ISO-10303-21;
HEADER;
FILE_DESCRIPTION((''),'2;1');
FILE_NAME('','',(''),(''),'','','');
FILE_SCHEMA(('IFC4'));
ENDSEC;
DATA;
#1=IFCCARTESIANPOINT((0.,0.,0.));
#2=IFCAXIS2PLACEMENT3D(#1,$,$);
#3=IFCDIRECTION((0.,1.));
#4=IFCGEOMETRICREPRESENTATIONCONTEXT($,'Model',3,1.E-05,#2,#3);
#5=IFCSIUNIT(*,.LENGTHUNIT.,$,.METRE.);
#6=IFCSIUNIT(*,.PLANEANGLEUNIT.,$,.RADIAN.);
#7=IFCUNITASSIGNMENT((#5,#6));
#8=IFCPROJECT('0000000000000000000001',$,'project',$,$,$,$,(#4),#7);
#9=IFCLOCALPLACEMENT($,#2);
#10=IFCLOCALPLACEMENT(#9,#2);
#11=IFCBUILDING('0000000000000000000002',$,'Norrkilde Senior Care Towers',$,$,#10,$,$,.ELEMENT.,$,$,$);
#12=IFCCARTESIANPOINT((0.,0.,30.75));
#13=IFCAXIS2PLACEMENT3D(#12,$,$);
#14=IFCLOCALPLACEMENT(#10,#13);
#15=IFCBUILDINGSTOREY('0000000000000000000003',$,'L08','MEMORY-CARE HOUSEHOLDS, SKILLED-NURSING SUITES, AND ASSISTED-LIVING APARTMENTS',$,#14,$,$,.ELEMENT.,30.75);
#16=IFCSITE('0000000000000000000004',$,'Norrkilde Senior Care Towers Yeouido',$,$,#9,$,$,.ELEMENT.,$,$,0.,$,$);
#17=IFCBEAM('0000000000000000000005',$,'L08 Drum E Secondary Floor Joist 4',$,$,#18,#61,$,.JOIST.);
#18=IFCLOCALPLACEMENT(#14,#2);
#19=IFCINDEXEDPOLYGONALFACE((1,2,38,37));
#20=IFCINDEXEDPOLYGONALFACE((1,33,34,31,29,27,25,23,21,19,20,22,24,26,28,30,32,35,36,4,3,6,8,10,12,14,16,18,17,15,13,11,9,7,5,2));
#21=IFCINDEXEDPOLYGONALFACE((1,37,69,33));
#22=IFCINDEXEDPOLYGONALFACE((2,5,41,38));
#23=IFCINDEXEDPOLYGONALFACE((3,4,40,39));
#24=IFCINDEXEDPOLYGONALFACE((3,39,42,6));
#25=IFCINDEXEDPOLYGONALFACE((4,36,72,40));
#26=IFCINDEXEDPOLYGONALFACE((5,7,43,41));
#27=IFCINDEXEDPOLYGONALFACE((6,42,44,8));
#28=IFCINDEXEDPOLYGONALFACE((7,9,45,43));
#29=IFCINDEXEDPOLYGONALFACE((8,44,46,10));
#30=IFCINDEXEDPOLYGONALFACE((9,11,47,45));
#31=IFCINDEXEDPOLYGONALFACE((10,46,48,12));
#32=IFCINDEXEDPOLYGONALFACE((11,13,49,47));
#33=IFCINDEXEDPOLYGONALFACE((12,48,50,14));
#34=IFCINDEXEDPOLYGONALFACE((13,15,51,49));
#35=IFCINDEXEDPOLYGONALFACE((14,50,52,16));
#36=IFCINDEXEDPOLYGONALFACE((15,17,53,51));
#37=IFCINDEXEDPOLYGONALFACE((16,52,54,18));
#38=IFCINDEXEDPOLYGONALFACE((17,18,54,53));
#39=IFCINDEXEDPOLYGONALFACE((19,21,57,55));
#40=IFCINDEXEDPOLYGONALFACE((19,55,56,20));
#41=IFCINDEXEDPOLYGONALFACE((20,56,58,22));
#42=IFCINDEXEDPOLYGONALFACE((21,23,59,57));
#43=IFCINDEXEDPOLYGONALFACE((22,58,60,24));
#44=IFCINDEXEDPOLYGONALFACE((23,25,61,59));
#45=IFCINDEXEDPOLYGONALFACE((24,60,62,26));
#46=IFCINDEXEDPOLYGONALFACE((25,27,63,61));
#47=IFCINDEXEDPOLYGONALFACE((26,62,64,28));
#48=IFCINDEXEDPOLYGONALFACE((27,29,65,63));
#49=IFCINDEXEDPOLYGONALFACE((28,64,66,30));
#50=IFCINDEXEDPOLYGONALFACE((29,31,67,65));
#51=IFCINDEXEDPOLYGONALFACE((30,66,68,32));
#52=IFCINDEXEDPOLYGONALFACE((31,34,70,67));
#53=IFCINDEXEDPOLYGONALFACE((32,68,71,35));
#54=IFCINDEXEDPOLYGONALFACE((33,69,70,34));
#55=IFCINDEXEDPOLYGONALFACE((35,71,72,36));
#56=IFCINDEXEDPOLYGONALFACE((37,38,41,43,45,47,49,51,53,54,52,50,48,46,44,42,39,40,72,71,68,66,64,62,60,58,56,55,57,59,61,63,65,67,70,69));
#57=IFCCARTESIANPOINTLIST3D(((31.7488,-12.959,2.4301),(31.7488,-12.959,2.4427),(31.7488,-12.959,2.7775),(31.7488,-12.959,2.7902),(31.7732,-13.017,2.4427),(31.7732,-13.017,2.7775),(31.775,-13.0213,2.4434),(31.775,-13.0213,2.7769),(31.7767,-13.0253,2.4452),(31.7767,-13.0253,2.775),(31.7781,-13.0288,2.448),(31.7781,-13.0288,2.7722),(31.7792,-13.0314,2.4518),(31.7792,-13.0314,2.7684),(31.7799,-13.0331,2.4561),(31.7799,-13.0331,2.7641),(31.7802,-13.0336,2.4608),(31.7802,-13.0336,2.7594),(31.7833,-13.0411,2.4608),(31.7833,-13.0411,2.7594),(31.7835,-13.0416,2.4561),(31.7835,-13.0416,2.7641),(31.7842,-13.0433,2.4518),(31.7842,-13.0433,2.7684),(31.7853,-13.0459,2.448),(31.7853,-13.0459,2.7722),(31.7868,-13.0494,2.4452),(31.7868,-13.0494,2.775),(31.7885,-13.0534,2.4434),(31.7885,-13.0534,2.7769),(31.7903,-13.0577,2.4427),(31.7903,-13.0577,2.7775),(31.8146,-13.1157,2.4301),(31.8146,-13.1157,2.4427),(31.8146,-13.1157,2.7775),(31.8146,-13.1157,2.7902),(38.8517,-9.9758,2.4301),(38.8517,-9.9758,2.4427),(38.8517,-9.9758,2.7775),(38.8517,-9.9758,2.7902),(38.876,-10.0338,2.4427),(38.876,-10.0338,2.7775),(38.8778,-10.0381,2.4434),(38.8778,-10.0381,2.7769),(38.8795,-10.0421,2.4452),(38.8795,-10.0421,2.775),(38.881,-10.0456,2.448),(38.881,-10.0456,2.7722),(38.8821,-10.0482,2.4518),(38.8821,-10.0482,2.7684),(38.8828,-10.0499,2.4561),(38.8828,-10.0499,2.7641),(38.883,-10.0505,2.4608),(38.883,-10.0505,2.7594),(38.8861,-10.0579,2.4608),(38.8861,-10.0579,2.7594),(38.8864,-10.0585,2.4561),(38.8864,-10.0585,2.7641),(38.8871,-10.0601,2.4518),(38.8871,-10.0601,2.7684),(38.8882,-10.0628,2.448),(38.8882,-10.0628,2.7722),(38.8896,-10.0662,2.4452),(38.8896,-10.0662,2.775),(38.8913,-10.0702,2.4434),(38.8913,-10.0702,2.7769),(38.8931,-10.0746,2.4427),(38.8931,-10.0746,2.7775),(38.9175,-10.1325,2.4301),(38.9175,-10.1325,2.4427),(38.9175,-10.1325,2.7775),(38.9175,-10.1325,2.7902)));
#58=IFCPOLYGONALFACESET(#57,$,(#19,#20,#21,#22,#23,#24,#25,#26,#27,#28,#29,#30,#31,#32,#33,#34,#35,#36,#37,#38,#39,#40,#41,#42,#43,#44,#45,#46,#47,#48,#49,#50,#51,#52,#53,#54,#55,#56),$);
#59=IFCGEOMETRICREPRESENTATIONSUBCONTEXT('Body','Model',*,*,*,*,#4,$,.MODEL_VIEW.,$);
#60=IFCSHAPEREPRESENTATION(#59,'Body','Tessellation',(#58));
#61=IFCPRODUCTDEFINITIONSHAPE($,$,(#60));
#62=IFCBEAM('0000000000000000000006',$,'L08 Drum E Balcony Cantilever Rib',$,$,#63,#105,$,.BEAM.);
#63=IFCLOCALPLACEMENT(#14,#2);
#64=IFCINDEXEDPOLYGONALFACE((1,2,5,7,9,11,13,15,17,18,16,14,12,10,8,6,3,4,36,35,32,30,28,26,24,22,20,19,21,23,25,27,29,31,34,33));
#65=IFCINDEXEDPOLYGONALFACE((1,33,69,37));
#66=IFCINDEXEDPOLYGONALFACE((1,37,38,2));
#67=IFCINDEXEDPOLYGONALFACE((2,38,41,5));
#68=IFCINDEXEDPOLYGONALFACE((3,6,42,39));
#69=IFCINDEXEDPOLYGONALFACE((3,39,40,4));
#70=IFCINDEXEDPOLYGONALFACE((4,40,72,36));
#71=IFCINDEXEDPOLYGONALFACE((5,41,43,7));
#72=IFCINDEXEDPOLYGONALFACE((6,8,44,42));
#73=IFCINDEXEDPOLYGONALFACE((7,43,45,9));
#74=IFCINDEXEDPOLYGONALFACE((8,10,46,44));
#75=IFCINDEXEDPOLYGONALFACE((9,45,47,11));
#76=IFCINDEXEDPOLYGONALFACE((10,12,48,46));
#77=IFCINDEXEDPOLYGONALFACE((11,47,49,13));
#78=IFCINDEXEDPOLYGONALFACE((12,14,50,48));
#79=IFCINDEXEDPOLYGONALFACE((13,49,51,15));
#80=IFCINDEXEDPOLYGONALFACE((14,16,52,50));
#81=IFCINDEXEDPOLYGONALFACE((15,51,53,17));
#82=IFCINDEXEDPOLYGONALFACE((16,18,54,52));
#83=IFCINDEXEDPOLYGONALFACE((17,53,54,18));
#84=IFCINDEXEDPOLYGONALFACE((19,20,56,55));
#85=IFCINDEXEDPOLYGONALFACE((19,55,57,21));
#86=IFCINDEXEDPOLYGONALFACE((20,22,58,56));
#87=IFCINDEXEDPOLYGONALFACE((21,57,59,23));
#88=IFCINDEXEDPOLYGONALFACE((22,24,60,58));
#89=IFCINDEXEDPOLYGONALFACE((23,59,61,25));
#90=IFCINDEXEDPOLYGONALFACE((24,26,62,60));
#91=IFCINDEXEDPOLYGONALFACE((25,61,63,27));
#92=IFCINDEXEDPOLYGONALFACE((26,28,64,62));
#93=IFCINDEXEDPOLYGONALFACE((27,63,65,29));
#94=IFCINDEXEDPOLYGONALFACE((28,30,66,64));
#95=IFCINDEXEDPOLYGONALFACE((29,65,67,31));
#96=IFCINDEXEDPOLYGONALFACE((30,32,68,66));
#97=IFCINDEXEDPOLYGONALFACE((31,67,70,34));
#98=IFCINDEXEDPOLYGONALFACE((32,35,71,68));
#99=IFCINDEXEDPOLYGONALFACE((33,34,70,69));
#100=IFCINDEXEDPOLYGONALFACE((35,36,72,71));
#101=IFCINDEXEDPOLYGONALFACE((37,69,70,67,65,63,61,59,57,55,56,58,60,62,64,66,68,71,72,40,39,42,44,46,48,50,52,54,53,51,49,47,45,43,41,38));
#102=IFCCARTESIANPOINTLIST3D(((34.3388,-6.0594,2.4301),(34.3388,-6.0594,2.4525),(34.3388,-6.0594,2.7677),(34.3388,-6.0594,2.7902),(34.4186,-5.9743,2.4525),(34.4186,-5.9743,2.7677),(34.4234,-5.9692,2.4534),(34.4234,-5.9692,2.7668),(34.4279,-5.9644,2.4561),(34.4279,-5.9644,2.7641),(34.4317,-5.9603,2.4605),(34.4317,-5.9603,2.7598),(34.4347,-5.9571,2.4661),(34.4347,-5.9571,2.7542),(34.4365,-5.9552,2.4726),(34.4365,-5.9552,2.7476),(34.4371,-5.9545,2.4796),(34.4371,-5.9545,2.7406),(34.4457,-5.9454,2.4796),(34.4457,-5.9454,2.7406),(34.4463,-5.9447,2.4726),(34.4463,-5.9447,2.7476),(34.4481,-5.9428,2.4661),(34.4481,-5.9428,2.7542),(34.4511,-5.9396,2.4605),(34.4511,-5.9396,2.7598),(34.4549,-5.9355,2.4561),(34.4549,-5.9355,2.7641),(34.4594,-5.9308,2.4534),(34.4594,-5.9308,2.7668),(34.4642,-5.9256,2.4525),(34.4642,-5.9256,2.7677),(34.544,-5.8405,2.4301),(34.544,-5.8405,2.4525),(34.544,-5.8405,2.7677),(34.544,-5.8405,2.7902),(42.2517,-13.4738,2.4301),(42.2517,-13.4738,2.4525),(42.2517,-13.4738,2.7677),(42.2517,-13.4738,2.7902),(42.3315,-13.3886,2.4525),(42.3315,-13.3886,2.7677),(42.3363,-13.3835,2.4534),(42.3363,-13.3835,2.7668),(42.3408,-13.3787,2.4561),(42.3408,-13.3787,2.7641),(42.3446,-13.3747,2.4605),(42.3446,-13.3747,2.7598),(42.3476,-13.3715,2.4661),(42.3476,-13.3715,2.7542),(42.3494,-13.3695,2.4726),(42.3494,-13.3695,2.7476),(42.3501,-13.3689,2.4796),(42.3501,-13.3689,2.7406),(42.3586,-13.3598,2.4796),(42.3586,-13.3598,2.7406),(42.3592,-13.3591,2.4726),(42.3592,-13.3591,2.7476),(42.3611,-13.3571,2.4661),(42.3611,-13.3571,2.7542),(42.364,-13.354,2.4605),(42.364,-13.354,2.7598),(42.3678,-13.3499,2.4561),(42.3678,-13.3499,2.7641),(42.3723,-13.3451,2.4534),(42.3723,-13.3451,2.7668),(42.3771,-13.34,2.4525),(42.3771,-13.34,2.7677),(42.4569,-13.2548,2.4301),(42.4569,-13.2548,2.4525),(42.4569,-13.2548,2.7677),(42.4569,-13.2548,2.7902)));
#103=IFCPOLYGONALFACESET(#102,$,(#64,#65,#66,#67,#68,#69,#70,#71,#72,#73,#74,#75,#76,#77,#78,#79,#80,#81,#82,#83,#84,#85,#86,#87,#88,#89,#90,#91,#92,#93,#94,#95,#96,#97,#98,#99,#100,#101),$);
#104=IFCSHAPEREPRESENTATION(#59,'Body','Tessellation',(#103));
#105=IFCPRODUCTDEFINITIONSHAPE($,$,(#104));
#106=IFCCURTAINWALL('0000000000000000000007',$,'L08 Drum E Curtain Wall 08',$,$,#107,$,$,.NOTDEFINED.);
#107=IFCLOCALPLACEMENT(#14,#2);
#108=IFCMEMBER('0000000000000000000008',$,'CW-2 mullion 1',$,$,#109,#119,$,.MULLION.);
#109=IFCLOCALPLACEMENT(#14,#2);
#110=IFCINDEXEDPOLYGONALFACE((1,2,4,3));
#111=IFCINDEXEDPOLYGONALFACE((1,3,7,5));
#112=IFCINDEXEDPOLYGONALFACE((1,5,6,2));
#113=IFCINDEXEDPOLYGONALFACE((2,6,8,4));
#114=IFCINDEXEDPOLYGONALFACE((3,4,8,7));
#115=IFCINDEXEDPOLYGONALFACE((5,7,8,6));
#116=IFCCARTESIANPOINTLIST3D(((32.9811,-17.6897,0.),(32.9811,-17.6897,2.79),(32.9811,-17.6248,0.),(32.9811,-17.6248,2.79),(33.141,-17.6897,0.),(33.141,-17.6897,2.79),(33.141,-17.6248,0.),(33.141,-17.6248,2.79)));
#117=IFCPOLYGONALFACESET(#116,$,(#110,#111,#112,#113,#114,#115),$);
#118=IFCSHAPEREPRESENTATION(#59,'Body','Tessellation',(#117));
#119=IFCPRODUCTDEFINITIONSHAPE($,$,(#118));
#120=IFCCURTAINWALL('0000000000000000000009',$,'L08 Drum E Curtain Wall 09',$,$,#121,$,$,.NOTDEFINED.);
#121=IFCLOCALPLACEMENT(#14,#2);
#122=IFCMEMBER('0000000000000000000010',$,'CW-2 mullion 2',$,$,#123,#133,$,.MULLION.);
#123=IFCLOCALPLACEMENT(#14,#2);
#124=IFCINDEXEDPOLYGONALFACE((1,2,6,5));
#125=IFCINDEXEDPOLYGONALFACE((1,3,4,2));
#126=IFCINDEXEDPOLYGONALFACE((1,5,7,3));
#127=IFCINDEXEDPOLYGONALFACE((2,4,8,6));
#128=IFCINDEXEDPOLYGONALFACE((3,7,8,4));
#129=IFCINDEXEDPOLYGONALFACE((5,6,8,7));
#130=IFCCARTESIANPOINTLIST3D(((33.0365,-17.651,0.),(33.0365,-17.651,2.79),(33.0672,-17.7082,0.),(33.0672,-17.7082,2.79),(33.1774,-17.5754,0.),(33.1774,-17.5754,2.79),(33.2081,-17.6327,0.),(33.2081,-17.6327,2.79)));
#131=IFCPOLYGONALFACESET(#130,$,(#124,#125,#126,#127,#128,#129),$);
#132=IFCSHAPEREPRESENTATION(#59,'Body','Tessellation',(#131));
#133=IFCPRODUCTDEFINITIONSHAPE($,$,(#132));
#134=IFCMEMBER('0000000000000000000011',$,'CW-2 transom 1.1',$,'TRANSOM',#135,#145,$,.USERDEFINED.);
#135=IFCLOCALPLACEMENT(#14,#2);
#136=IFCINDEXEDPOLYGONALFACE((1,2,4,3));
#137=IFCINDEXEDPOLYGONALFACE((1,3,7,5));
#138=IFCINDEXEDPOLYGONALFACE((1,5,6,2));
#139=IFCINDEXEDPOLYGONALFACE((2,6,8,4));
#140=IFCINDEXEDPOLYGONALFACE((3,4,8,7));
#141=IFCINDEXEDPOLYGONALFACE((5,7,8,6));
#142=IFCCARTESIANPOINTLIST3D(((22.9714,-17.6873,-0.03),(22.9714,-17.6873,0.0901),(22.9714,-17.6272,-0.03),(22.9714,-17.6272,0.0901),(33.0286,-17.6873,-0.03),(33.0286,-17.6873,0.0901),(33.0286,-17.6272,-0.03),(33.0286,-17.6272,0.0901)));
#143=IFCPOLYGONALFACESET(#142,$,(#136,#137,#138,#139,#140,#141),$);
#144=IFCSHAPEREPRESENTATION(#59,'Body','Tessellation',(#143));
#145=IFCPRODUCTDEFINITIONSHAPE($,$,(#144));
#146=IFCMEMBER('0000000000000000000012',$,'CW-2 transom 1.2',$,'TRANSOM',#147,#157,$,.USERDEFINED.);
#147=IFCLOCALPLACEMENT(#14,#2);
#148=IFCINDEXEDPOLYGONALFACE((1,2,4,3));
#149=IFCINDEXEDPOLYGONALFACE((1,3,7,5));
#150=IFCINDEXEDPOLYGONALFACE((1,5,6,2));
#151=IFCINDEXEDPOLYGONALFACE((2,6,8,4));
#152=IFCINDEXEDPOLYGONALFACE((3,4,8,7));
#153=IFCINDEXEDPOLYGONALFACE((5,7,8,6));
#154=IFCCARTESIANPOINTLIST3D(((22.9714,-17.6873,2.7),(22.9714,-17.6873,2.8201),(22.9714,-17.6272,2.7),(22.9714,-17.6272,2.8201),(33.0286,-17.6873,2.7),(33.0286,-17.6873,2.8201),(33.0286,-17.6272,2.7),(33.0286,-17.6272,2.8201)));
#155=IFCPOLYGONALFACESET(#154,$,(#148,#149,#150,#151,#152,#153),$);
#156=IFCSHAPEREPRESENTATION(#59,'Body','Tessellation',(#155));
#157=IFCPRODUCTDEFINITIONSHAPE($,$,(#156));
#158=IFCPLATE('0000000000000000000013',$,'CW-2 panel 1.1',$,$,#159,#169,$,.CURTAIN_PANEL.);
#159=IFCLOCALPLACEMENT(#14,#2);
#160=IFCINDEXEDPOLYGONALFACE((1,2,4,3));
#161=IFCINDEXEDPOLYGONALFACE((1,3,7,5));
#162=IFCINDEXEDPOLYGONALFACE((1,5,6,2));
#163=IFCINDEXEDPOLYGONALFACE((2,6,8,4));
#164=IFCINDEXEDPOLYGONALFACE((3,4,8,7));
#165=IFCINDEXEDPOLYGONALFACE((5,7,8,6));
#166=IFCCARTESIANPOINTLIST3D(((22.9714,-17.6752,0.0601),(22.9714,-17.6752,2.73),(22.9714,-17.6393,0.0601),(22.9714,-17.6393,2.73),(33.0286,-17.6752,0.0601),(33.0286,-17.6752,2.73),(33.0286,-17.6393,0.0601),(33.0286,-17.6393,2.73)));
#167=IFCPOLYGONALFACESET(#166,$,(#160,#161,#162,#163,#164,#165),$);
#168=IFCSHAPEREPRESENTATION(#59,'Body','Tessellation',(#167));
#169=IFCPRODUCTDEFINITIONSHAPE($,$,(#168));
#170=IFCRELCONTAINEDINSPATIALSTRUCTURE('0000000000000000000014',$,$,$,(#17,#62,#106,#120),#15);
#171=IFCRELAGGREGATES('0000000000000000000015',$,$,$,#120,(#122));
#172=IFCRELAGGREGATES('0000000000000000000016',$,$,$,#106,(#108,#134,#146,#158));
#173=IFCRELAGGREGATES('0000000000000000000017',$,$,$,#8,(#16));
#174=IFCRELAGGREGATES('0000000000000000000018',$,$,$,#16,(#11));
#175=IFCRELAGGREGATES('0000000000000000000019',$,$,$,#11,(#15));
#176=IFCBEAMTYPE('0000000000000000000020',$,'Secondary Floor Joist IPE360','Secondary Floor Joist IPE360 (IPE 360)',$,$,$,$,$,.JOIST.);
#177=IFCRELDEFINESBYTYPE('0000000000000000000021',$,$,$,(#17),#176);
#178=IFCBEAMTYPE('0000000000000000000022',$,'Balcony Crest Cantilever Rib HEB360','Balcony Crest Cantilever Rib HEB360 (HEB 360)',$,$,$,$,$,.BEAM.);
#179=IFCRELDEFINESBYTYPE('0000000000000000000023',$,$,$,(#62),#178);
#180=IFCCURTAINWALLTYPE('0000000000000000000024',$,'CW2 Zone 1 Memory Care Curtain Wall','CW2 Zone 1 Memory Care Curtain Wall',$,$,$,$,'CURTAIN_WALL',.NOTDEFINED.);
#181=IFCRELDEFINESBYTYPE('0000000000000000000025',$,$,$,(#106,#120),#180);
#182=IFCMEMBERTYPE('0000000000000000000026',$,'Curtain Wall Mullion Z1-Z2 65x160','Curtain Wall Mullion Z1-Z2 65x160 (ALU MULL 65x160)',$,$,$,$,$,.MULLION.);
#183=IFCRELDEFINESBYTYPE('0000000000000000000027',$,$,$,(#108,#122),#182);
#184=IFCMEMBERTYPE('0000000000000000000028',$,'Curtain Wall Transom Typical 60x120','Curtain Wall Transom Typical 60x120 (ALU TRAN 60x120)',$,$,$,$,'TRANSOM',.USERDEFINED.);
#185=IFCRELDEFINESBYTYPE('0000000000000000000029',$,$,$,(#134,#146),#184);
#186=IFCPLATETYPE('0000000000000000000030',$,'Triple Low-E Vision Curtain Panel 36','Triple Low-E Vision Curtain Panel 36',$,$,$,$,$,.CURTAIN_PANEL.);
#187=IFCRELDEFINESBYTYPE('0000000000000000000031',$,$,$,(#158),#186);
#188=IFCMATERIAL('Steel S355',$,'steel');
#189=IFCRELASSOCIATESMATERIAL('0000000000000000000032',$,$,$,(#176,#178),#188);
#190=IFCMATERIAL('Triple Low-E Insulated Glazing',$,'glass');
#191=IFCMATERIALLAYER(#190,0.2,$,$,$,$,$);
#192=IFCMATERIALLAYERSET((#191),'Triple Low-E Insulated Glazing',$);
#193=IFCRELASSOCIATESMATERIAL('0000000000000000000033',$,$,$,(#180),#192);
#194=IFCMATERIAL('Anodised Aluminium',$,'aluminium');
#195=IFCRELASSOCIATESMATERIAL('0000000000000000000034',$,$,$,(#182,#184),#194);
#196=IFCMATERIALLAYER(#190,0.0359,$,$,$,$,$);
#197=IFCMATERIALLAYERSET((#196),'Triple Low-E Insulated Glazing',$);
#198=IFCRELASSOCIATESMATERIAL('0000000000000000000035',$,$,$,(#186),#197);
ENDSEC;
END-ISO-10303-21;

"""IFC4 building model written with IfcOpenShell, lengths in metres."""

from ifc_helpers import new_model, si_unit, direction, frame, origin, origin_2d, place, context, subcontext, project, spatial, rectangle, i_section, extrude, source, transform, mapped, material, layer, layer_set, material_profile, profile_set, type_object, type_shapes, element, aggregate, save


model = new_model("IFC4")

# Units and contexts
model_context = context("Model", 3, precision=1e-05, world=origin(), true_north=direction((0.0, 1.0)))
body_context = subcontext(model_context, "Body", "Model", "MODEL_VIEW")
ifc_project = project(units=[si_unit("LENGTHUNIT", "METRE"), si_unit("PLANEANGLEUNIT", "RADIAN")], contexts=[model_context])

# Site, building, storey
site_placement = place(None, origin())
site = spatial("IfcSite", under=ifc_project, at=site_placement, Name="Norrkilde Senior Care Towers Yeouido", CompositionType="ELEMENT", RefElevation=0.0)
building_placement = place(site_placement, origin())
building = spatial("IfcBuilding", under=site, at=building_placement, Name="Norrkilde Senior Care Towers", CompositionType="ELEMENT")
storey_placement = place(building_placement, frame((0.0, 0.0, 30.75)))
storey = spatial("IfcBuildingStorey", under=building, at=storey_placement, Name="L08", Description="MEMORY-CARE HOUSEHOLDS, SKILLED-NURSING SUITES, AND ASSISTED-LIVING APARTMENTS", CompositionType="ELEMENT", Elevation=30.75)

# Beams
ifc_material_1 = material(Name="Steel S355", Category="steel")
ifc_material_profile_1 = material_profile(ifc_material_1, i_section(OverallWidth=0.1699, OverallDepth=0.3601, WebThickness=0.0081, FlangeThickness=0.0127, FilletRadius=0.0181, at=origin_2d()), Name="IPE 360")
ifc_profile_set_1 = profile_set([ifc_material_profile_1], Name="Steel S355")
beam_type_1 = type_object("IfcBeamType", Name="Secondary Floor Joist IPE360", Description="Secondary Floor Joist IPE360 (IPE 360)", PredefinedType="JOIST", material=ifc_profile_set_1)
shared_shape_1 = source(origin(), body_context, "Body", "SweptSolid", [
    extrude(i_section(OverallWidth=0.1699, OverallDepth=0.3601, WebThickness=0.0081, FlangeThickness=0.0127, FilletRadius=0.0181, at=origin_2d()), origin(), (0.0, 0.0, 1.0), 7.7039),
])
type_shapes(beam_type_1, [shared_shape_1])
beam_1_placement = place(storey_placement, frame((31.7817, -13.0374, 2.6101), z_axis=(0.921983, 0.387231, 0.0), x_axis=(-0.387231, 0.921983, 0.0)))
element("IfcBeam", 1, at=beam_1_placement, inside=storey, type_object=beam_type_1, Name="L08 Drum E Secondary Floor Joist 4", PredefinedType="JOIST", context=body_context, shape_type="MappedRepresentation", body=[
    mapped(shared_shape_1, transform((0.0, 0.0, 0.0), x_axis=(1.0, 0.0, 0.0), y_axis=(0.0, 1.0, 0.0), z_axis=(0.0, 0.0, 1.0), scale=1.0)),
])
ifc_material_profile_2 = material_profile(ifc_material_1, i_section(OverallWidth=0.3, OverallDepth=0.3601, WebThickness=0.0125, FlangeThickness=0.0225, FilletRadius=0.0271, at=origin_2d()), Name="HEB 360")
ifc_profile_set_2 = profile_set([ifc_material_profile_2], Name="Steel S355")
beam_type_2 = type_object("IfcBeamType", Name="Balcony Crest Cantilever Rib HEB360", Description="Balcony Crest Cantilever Rib HEB360 (HEB 360)", PredefinedType="BEAM", material=ifc_profile_set_2)
shared_shape_2 = source(origin(), body_context, "Body", "SweptSolid", [
    extrude(i_section(OverallWidth=0.3, OverallDepth=0.3601, WebThickness=0.0125, FlangeThickness=0.0225, FilletRadius=0.0271, at=origin_2d()), origin(), (0.0, 0.0, 1.0), 10.8438),
])
type_shapes(beam_type_2, [shared_shape_2])
beam_2_placement = place(storey_placement, frame((34.4414, -5.95, 2.6101), z_axis=(0.72972, -0.683746, 0.0), x_axis=(0.683746, 0.72972, 0.0)))
element("IfcBeam", 2, at=beam_2_placement, inside=storey, type_object=beam_type_2, Name="L08 Drum E Balcony Cantilever Rib", PredefinedType="BEAM", context=body_context, shape_type="MappedRepresentation", body=[
    mapped(shared_shape_2, transform((0.0, 0.0, 0.0), x_axis=(1.0, 0.0, 0.0), y_axis=(0.0, 1.0, 0.0), z_axis=(0.0, 0.0, 1.0), scale=1.0)),
])

# Curtain walls, members
ifc_material_2 = material(Name="Triple Low-E Insulated Glazing", Category="glass")
ifc_layer_1 = layer(ifc_material_2, 0.2)
ifc_layer_set_1 = layer_set([ifc_layer_1], Name="Triple Low-E Insulated Glazing")
curtain_wall_type = type_object("IfcCurtainWallType", Name="CW2 Zone 1 Memory Care Curtain Wall", Description="CW2 Zone 1 Memory Care Curtain Wall", ElementType="CURTAIN_WALL", PredefinedType="NOTDEFINED", material=ifc_layer_set_1)
curtain_wall_1_placement = place(storey_placement, origin())
curtain_wall_1 = element("IfcCurtainWall", 3, at=curtain_wall_1_placement, inside=storey, type_object=curtain_wall_type, Name="L08 Drum E Curtain Wall 08", PredefinedType="NOTDEFINED")
ifc_material_3 = material(Name="Anodised Aluminium", Category="aluminium")
ifc_material_profile_3 = material_profile(ifc_material_3, rectangle(XDim=0.0649, YDim=0.1599, at=origin_2d()), Name="ALU MULL 65x160")
ifc_profile_set_3 = profile_set([ifc_material_profile_3], Name="Anodised Aluminium")
member_type_1 = type_object("IfcMemberType", Name="Curtain Wall Mullion Z1-Z2 65x160", Description="Curtain Wall Mullion Z1-Z2 65x160 (ALU MULL 65x160)", PredefinedType="MULLION", material=ifc_profile_set_3)
shared_shape_3 = source(origin(), body_context, "Body", "SweptSolid", [
    extrude(rectangle(XDim=0.0649, YDim=0.1599, at=origin_2d()), origin(), (0.0, 0.0, 1.0), 2.79),
])
type_shapes(member_type_1, [shared_shape_3])
member_1_placement = place(storey_placement, frame((33.061, -17.6572, 0.0), z_axis=(0.0, 0.0, 1.0), x_axis=(0.0, -1.0, 0.0)))
member_1 = element("IfcMember", 4, at=member_1_placement, type_object=member_type_1, Name="CW-2 mullion 1", PredefinedType="MULLION", context=body_context, shape_type="MappedRepresentation", body=[
    mapped(shared_shape_3, transform((0.0, 0.0, 0.0), x_axis=(1.0, 0.0, 0.0), y_axis=(0.0, 1.0, 0.0), z_axis=(0.0, 0.0, 1.0), scale=1.0)),
])
curtain_wall_2_placement = place(storey_placement, origin())
curtain_wall_2 = element("IfcCurtainWall", 5, at=curtain_wall_2_placement, inside=storey, type_object=curtain_wall_type, Name="L08 Drum E Curtain Wall 09", PredefinedType="NOTDEFINED")
member_2_placement = place(storey_placement, frame((33.1223, -17.6418, 0.0), z_axis=(0.0, 0.0, 1.0), x_axis=(0.472608, -0.881273, 0.0)))
member_2 = element("IfcMember", 6, at=member_2_placement, type_object=member_type_1, Name="CW-2 mullion 2", PredefinedType="MULLION", context=body_context, shape_type="MappedRepresentation", body=[
    mapped(shared_shape_3, transform((0.0, 0.0, 0.0), x_axis=(1.0, 0.0, 0.0), y_axis=(0.0, 1.0, 0.0), z_axis=(0.0, 0.0, 1.0), scale=1.0)),
])
aggregate(curtain_wall_2, [member_2])

# Members
ifc_material_profile_4 = material_profile(ifc_material_3, rectangle(XDim=0.0601, YDim=0.1201, at=origin_2d()), Name="ALU TRAN 60x120")
ifc_profile_set_4 = profile_set([ifc_material_profile_4], Name="Anodised Aluminium")
member_type_2 = type_object("IfcMemberType", Name="Curtain Wall Transom Typical 60x120", Description="Curtain Wall Transom Typical 60x120 (ALU TRAN 60x120)", ElementType="TRANSOM", PredefinedType="USERDEFINED", material=ifc_profile_set_4)
shared_shape_4 = source(origin(), body_context, "Body", "SweptSolid", [
    extrude(rectangle(XDim=0.0601, YDim=0.1201, at=origin_2d()), origin(), (0.0, 0.0, 1.0), 10.0571),
])
type_shapes(member_type_2, [shared_shape_4])
member_3_placement = place(storey_placement, frame((33.0286, -17.6572, 0.03), z_axis=(-1.0, 0.0, 0.0), x_axis=(0.0, -1.0, 0.0)))
member_3 = element("IfcMember", 7, at=member_3_placement, type_object=member_type_2, Name="CW-2 transom 1.1", ObjectType="TRANSOM", PredefinedType="USERDEFINED", context=body_context, shape_type="MappedRepresentation", body=[
    mapped(shared_shape_4, transform((0.0, 0.0, 0.0), x_axis=(1.0, 0.0, 0.0), y_axis=(0.0, 1.0, 0.0), z_axis=(0.0, 0.0, 1.0), scale=1.0)),
])
member_4_placement = place(storey_placement, frame((33.0286, -17.6572, 2.76), z_axis=(-1.0, 0.0, 0.0), x_axis=(0.0, -1.0, 0.0)))
member_4 = element("IfcMember", 8, at=member_4_placement, type_object=member_type_2, Name="CW-2 transom 1.2", ObjectType="TRANSOM", PredefinedType="USERDEFINED", context=body_context, shape_type="MappedRepresentation", body=[
    mapped(shared_shape_4, transform((0.0, 0.0, 0.0), x_axis=(1.0, 0.0, 0.0), y_axis=(0.0, 1.0, 0.0), z_axis=(0.0, 0.0, 1.0), scale=1.0)),
])

# Plate
ifc_layer_2 = layer(ifc_material_2, 0.0359)
ifc_layer_set_2 = layer_set([ifc_layer_2], Name="Triple Low-E Insulated Glazing")
plate_type = type_object("IfcPlateType", Name="Triple Low-E Vision Curtain Panel 36", Description="Triple Low-E Vision Curtain Panel 36", PredefinedType="CURTAIN_PANEL", material=ifc_layer_set_2)
shared_shape_5 = source(origin(), body_context, "Body", "SweptSolid", [
    extrude(rectangle(XDim=10.0571, YDim=0.0359, at=origin_2d()), origin(), (0.0, 0.0, 1.0), 2.6699),
])
type_shapes(plate_type, [shared_shape_5])
plate_placement = place(storey_placement, frame((28.0, -17.6572, 0.0601), z_axis=(0.0, 0.0, 1.0), x_axis=(-1.0, 0.0, 0.0)))
plate = element("IfcPlate", 9, at=plate_placement, type_object=plate_type, Name="CW-2 panel 1.1", PredefinedType="CURTAIN_PANEL", context=body_context, shape_type="MappedRepresentation", body=[
    mapped(shared_shape_5, transform((0.0, 0.0, 0.0), x_axis=(1.0, 0.0, 0.0), y_axis=(0.0, 1.0, 0.0), z_axis=(0.0, 0.0, 1.0), scale=1.0)),
])
aggregate(curtain_wall_1, [member_1, member_3, member_4, plate])

save(model, "model.ifc")
